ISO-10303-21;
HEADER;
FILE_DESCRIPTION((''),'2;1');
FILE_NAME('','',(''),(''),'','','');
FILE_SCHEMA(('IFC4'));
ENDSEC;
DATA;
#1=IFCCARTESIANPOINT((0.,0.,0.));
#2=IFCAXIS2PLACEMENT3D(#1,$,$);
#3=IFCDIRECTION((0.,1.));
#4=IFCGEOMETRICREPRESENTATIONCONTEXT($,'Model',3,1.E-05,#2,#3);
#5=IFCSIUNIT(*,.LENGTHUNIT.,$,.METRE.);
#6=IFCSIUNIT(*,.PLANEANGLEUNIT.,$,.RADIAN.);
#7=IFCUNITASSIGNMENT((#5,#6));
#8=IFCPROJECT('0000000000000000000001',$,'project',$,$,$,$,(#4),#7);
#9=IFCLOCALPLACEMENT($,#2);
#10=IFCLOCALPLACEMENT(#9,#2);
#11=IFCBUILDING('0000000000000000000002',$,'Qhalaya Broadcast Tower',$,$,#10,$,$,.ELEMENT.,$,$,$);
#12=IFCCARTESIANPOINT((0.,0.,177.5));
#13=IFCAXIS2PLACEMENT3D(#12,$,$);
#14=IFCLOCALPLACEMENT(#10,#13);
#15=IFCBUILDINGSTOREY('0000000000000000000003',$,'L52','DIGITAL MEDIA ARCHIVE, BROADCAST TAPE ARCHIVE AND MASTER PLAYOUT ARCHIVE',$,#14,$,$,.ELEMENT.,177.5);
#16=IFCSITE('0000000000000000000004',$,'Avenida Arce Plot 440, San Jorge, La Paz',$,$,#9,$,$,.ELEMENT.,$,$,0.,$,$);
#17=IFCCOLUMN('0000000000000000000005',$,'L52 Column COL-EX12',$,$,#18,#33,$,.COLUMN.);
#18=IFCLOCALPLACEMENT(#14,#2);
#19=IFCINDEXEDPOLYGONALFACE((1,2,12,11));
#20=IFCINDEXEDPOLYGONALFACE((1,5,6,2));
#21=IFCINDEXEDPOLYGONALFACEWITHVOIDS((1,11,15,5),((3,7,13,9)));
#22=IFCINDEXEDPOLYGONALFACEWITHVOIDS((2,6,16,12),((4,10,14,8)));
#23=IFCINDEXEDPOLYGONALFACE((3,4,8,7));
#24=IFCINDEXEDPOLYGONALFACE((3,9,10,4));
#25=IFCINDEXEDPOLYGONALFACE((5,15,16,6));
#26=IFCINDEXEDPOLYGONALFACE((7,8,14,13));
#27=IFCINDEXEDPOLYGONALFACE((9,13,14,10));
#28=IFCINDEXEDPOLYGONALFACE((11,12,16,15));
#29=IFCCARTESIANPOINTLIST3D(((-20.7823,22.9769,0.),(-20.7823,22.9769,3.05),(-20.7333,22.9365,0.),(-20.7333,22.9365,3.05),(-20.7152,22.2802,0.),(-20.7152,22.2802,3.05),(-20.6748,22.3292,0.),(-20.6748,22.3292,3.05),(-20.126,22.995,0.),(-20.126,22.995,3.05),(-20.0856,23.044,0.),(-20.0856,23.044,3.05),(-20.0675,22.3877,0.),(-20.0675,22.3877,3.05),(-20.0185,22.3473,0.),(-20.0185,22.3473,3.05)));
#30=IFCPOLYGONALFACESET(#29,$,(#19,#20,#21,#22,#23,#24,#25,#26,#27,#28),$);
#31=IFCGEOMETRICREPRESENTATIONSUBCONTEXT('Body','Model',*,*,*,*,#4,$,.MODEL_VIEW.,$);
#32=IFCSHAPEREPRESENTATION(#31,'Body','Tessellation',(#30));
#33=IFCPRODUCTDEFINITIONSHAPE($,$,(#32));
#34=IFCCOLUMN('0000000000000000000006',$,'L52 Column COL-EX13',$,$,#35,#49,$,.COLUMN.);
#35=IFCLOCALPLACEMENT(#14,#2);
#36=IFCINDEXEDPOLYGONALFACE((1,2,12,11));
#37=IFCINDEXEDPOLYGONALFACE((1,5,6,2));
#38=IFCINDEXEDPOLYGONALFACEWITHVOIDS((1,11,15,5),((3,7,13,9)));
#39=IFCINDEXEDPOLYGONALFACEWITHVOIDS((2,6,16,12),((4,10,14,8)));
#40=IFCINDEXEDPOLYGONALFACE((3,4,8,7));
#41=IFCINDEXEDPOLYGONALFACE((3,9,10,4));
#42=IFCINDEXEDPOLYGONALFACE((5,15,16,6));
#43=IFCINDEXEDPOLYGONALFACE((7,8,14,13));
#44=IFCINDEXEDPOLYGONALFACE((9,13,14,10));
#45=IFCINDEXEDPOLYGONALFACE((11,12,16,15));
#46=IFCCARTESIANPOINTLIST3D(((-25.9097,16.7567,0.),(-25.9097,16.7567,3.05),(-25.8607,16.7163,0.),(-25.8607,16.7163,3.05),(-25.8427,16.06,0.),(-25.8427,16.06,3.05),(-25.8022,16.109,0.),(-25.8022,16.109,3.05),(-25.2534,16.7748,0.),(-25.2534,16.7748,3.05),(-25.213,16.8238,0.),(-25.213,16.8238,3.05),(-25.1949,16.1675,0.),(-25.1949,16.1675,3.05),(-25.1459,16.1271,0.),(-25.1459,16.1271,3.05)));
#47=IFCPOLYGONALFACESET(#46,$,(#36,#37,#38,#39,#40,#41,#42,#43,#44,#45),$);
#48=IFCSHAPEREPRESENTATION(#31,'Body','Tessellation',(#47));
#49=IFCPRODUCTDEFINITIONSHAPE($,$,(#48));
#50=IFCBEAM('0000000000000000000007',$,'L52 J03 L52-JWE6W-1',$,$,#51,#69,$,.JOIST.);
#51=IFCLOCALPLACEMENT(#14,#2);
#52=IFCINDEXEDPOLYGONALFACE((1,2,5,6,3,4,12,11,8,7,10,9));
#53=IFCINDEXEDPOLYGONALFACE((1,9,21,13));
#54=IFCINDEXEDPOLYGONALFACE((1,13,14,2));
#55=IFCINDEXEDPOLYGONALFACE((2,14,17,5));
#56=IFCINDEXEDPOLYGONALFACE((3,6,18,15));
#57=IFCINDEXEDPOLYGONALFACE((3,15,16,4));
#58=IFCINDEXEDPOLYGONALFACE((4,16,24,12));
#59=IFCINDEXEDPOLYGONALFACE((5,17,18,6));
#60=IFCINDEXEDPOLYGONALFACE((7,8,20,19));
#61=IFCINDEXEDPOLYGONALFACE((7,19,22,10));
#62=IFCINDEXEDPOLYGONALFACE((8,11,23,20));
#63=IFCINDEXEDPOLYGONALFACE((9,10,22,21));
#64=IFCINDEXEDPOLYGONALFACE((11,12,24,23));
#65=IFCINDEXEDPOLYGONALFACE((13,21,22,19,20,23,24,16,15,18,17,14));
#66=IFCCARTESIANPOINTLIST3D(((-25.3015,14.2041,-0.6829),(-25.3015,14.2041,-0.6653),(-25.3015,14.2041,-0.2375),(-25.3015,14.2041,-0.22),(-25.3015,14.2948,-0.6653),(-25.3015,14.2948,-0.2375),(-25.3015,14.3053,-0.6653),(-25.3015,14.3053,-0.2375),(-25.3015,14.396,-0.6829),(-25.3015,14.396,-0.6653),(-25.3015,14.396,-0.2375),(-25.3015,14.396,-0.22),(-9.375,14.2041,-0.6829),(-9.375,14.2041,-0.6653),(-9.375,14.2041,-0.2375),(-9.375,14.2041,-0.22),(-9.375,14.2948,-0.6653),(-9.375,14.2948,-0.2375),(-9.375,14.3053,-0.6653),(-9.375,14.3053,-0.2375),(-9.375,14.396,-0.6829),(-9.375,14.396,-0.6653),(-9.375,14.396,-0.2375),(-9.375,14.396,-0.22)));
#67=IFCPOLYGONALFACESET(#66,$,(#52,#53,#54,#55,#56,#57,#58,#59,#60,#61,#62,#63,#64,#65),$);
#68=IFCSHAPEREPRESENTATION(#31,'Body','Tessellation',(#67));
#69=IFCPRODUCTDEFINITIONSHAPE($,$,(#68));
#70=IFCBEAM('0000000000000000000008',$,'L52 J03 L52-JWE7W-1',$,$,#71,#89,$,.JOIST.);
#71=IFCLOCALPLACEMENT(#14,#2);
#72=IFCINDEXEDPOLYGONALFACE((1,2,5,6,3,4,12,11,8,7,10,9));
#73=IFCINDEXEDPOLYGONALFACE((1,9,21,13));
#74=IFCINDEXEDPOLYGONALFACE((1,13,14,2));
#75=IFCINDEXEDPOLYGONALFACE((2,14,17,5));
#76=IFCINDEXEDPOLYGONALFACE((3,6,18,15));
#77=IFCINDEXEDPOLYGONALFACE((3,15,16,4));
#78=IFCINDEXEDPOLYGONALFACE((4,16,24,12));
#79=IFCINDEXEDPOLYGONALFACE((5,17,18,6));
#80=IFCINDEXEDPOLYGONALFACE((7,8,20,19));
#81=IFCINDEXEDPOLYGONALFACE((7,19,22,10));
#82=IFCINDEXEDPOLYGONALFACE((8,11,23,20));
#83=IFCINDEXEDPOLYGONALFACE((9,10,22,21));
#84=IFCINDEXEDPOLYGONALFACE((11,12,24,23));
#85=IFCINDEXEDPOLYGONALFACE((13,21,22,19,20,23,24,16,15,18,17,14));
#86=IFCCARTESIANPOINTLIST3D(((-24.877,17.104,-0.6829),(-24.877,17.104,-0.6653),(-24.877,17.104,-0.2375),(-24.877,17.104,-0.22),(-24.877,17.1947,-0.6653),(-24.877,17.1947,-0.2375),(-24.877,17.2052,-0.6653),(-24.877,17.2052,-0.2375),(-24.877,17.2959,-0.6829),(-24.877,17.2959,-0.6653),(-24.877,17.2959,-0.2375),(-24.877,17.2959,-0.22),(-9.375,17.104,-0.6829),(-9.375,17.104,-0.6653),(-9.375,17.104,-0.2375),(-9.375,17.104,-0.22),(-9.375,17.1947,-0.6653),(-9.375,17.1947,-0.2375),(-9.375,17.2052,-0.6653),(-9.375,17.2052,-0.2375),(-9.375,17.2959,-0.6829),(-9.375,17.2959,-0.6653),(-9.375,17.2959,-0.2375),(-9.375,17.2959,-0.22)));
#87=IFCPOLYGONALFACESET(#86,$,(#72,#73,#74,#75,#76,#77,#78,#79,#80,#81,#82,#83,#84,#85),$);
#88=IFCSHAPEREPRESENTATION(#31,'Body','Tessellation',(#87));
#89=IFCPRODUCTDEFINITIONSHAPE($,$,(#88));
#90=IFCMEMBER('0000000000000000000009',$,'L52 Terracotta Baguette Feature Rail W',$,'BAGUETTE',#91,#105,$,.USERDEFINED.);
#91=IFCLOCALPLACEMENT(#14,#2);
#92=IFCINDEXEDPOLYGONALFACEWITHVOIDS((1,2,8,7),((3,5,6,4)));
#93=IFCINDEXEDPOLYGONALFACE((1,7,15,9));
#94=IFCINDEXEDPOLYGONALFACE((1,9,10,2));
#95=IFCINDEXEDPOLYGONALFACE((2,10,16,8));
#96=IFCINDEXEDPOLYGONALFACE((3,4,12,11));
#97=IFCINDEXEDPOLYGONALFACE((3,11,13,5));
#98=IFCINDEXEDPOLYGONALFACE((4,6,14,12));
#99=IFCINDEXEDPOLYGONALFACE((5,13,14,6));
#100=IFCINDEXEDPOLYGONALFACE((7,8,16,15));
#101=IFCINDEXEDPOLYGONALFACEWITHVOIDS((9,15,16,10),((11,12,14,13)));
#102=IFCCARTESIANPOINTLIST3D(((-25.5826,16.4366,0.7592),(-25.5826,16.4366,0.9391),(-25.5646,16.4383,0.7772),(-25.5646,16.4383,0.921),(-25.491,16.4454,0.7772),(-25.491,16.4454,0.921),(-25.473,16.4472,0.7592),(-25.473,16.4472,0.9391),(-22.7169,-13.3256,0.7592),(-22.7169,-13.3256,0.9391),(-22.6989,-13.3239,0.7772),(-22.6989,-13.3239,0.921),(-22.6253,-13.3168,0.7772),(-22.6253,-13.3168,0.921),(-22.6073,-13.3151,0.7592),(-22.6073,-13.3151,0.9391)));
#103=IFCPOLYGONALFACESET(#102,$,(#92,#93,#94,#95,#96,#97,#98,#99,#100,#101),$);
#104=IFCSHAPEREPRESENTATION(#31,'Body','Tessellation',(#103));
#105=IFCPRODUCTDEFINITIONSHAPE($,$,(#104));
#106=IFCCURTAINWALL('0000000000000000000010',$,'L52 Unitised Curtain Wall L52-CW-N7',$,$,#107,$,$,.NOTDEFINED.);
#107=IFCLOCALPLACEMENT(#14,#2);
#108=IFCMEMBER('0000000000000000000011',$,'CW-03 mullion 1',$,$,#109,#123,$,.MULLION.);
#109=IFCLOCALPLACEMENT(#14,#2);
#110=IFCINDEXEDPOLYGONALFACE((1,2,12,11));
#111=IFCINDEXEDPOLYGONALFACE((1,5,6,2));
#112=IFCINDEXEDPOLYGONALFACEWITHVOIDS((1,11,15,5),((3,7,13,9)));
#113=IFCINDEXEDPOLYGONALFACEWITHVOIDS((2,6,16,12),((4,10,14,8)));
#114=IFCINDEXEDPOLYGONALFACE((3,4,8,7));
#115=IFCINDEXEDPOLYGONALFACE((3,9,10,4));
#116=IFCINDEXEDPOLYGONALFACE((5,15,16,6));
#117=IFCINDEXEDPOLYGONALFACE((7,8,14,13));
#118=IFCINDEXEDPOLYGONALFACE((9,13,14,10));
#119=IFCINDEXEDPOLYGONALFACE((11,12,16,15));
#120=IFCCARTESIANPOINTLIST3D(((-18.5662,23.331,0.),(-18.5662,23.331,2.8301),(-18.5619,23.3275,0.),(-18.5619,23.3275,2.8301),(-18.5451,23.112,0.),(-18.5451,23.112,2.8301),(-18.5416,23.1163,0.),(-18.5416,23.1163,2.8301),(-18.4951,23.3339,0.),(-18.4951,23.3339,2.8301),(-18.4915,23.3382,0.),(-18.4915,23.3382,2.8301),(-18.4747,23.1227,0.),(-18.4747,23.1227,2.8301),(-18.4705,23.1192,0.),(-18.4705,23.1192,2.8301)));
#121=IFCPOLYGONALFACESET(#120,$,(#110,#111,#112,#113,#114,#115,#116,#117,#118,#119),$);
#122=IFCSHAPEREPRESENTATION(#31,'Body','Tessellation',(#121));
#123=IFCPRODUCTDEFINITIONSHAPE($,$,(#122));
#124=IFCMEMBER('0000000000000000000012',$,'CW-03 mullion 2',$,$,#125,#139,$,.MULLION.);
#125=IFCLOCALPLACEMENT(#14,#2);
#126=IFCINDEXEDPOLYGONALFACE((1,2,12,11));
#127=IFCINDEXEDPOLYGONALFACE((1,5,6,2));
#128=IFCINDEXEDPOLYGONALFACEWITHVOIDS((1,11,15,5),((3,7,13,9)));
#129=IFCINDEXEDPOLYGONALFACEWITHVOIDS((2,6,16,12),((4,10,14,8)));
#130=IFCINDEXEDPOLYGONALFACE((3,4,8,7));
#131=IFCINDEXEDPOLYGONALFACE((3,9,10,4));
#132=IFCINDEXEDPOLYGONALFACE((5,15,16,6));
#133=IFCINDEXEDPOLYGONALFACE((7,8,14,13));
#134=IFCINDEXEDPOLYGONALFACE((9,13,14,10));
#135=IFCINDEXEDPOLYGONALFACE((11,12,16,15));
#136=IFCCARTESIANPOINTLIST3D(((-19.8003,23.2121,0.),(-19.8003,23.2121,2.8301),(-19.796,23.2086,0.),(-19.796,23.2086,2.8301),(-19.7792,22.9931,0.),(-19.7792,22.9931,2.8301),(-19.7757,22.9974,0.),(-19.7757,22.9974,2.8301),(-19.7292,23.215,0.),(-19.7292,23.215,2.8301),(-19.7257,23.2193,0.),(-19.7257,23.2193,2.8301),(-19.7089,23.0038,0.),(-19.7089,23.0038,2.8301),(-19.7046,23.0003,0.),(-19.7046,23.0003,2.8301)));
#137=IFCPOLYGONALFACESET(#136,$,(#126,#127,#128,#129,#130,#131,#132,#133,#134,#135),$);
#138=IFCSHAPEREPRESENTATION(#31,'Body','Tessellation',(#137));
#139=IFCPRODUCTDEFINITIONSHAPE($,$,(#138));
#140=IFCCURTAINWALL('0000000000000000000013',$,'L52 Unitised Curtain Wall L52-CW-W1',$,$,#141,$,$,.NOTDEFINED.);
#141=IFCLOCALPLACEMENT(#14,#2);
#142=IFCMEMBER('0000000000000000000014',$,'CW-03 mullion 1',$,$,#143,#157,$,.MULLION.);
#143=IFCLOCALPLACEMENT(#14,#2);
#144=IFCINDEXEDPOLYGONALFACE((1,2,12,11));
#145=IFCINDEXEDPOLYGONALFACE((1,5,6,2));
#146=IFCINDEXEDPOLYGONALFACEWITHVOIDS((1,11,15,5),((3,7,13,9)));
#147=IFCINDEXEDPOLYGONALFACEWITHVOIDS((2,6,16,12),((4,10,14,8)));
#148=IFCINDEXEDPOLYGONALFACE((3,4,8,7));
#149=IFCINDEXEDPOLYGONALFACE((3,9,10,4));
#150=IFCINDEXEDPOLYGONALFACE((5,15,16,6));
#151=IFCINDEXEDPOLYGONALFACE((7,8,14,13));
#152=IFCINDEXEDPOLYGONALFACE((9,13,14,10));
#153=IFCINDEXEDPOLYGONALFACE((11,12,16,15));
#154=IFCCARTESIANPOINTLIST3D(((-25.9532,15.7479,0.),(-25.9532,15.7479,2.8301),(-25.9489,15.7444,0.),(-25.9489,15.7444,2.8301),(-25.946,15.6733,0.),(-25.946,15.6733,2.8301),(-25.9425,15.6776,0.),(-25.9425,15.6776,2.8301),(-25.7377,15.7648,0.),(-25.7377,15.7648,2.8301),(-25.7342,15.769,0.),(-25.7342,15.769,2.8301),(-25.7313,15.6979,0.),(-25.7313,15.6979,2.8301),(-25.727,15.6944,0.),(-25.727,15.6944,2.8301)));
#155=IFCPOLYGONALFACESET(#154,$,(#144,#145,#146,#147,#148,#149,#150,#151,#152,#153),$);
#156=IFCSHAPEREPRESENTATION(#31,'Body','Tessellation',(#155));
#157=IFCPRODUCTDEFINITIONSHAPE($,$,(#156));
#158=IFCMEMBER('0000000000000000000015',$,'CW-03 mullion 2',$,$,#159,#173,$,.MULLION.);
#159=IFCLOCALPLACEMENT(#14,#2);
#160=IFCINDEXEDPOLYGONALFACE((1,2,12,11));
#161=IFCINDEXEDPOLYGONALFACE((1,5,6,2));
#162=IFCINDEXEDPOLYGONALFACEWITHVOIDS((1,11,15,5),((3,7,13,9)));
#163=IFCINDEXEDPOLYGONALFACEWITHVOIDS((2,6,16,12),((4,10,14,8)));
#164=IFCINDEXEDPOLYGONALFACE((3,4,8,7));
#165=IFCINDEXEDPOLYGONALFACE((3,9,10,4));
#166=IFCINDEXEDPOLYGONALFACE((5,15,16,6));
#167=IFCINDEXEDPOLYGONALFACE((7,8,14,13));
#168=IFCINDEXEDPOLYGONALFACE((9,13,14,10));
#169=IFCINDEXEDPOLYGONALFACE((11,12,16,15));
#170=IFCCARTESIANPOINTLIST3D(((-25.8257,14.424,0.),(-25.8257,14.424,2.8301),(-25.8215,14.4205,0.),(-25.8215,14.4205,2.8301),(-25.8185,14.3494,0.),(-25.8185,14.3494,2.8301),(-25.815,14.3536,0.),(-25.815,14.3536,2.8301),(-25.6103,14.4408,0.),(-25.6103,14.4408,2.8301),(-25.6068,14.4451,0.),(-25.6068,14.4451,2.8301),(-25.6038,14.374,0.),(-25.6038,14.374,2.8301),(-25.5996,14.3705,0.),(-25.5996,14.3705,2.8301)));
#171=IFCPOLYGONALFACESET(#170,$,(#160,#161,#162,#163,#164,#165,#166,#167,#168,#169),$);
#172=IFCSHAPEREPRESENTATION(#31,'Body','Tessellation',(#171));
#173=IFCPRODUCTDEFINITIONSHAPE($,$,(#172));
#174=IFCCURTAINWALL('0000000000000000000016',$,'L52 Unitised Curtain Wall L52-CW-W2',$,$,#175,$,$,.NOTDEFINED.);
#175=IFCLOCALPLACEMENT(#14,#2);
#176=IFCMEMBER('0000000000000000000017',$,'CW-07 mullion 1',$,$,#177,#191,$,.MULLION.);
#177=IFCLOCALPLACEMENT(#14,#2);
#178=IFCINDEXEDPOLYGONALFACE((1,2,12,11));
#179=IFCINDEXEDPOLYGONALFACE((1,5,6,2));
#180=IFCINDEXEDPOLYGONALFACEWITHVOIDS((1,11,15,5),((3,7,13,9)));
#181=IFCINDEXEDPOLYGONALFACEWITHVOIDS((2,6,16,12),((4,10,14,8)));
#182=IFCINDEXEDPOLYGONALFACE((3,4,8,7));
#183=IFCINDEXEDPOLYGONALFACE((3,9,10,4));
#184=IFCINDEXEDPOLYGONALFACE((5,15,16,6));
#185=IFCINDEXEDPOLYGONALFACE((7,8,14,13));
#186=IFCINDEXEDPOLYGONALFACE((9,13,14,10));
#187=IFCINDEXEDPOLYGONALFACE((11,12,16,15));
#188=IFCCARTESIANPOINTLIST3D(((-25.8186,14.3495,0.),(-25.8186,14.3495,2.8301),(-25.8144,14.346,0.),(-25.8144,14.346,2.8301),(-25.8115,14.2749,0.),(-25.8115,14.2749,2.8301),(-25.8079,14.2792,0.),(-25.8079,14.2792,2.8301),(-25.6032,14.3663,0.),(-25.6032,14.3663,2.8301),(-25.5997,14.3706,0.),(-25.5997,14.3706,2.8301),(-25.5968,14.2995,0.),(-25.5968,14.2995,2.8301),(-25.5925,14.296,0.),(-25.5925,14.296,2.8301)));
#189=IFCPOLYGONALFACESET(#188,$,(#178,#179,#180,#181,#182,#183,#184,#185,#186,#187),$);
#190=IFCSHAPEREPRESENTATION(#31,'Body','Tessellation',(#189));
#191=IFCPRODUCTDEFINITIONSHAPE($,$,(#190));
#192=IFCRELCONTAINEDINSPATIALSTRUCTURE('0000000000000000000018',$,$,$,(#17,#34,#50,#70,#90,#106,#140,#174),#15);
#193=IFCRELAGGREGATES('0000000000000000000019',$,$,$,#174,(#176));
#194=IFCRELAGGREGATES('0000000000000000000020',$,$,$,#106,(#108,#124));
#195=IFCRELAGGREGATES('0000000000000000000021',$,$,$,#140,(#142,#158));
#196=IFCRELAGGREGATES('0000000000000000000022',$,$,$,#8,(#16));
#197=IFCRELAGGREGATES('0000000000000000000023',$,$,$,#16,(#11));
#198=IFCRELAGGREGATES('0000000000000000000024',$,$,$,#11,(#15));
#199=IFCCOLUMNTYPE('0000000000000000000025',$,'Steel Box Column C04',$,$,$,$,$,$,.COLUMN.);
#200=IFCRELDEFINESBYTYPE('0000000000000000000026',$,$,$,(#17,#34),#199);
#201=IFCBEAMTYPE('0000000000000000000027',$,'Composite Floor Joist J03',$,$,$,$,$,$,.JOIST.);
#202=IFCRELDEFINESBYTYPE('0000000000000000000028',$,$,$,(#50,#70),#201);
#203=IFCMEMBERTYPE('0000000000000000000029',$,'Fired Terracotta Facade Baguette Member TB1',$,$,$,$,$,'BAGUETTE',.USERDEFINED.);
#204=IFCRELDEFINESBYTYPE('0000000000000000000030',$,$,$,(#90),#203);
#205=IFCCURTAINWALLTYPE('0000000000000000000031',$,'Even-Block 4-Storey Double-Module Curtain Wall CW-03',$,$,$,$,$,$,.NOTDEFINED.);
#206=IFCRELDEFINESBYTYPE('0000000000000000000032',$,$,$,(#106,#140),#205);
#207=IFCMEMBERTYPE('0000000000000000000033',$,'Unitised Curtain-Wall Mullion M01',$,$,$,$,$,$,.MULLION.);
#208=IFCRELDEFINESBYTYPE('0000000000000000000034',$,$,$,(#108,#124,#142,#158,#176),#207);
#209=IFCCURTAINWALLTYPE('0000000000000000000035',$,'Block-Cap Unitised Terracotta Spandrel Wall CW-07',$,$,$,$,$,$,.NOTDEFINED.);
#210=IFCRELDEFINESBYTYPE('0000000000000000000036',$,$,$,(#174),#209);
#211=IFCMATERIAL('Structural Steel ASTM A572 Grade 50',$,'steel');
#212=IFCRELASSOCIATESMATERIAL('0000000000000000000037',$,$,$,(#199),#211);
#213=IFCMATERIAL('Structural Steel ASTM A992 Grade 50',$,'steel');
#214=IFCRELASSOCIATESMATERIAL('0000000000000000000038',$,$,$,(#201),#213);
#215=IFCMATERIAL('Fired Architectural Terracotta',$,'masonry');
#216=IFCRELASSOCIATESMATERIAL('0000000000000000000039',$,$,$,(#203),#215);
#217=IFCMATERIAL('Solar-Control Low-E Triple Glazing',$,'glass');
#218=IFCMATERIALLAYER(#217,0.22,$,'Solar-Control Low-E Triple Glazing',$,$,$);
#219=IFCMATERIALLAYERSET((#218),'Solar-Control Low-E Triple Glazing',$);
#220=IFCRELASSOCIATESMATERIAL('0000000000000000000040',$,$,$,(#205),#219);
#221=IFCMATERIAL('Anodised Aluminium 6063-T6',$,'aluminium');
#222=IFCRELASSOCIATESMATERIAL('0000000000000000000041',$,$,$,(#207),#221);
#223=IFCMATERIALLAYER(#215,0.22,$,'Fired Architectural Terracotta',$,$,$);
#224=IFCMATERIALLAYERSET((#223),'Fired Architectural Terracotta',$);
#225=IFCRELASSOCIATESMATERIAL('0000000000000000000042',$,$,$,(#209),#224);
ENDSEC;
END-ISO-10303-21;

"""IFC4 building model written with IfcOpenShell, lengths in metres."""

from ifc_helpers import new_model, si_unit, direction, frame, origin, origin_2d, place, context, subcontext, project, spatial, hollow_rectangle, i_section, extrude, material, layer, layer_set, material_profile, profile_set, type_object, element, aggregate, save


model = new_model("IFC4")

# Units and contexts
model_context = context("Model", 3, precision=1e-05, world=origin(), true_north=direction((0.0, 1.0)))
body_context = subcontext(model_context, "Body", "Model", "MODEL_VIEW")
ifc_project = project(units=[si_unit("LENGTHUNIT", "METRE"), si_unit("PLANEANGLEUNIT", "RADIAN")], contexts=[model_context])

# Site, building, storey
site_placement = place(None, origin())
site = spatial("IfcSite", under=ifc_project, at=site_placement, Name="Avenida Arce Plot 440, San Jorge, La Paz", CompositionType="ELEMENT", RefElevation=0.0)
building_placement = place(site_placement, origin())
building = spatial("IfcBuilding", under=site, at=building_placement, Name="Qhalaya Broadcast Tower", CompositionType="ELEMENT")
storey_placement = place(building_placement, frame((0.0, 0.0, 177.5)))
storey = spatial("IfcBuildingStorey", under=building, at=storey_placement, Name="L52", Description="DIGITAL MEDIA ARCHIVE, BROADCAST TAPE ARCHIVE AND MASTER PLAYOUT ARCHIVE", CompositionType="ELEMENT", Elevation=177.5)

# Columns
ifc_material_1 = material(Name="Structural Steel ASTM A572 Grade 50", Category="steel")
ifc_material_profile_1 = material_profile(ifc_material_1, hollow_rectangle(XDim=0.7, YDim=0.7, WallThickness=0.0449, at=origin_2d()), Name="BOX 700x700x45")
ifc_profile_set_1 = profile_set([ifc_material_profile_1], Name="Structural Steel ASTM A572 Grade 50")
column_type = type_object("IfcColumnType", Name="Steel Box Column C04", PredefinedType="COLUMN", material=ifc_profile_set_1)
for number, where, z_axis, x_axis, name in (
    (1, (-20.4004, 22.6621, 0.0), (0.0, 0.0, 1.0), (0.995396, 0.095846, 0.0), "L52 Column COL-EX12"),
    (2, (-25.5278, 16.4419, 0.0), (0.0, 0.0, 1.0), (-0.095846, 0.995396, 0.0), "L52 Column COL-EX13"),
):
    element("IfcColumn", number, at=place(storey_placement, frame(where, z_axis=z_axis, x_axis=x_axis)), inside=storey, type_object=column_type, Name=name, PredefinedType="COLUMN", context=body_context, shape_type="SweptSolid", body=[
        extrude(hollow_rectangle(XDim=0.7, YDim=0.7, WallThickness=0.0449, at=origin_2d()), origin(), (0.0, 0.0, 1.0), 3.05),
    ])

# Beams
ifc_material_2 = material(Name="Structural Steel ASTM A992 Grade 50", Category="steel")
ifc_material_profile_2 = material_profile(ifc_material_2, i_section(OverallWidth=0.1919, OverallDepth=0.4629, WebThickness=0.0105, FlangeThickness=0.0176, at=origin_2d()), Name="W18X60")
ifc_profile_set_2 = profile_set([ifc_material_profile_2], Name="Structural Steel ASTM A992 Grade 50")
beam_type_1 = type_object("IfcBeamType", Name="Composite Floor Joist J03", PredefinedType="JOIST", material=ifc_profile_set_2)
beam_1_placement = place(storey_placement, frame((-25.3015, 14.3, -0.4514), z_axis=(1.0, 0.0, 0.0), x_axis=(0.0, 1.0, 0.0)))
element("IfcBeam", 3, at=beam_1_placement, inside=storey, type_object=beam_type_1, Name="L52 J03 L52-JWE6W-1", PredefinedType="JOIST", context=body_context, shape_type="SweptSolid", body=[
    extrude(i_section(OverallWidth=0.1919, OverallDepth=0.4629, WebThickness=0.0105, FlangeThickness=0.0176, at=origin_2d()), origin(), (0.0, 0.0, 1.0), 15.9265),
])
beam_2_placement = place(storey_placement, frame((-24.877, 17.2, -0.4514), z_axis=(1.0, 0.0, 0.0), x_axis=(0.0, 1.0, 0.0)))
element("IfcBeam", 4, at=beam_2_placement, inside=storey, type_object=beam_type_1, Name="L52 J03 L52-JWE7W-1", PredefinedType="JOIST", context=body_context, shape_type="SweptSolid", body=[
    extrude(i_section(OverallWidth=0.1919, OverallDepth=0.4629, WebThickness=0.0105, FlangeThickness=0.0176, at=origin_2d()), origin(), (0.0, 0.0, 1.0), 15.502),
])

# Member
ifc_material_3 = material(Name="Fired Architectural Terracotta", Category="masonry")
ifc_material_profile_3 = material_profile(ifc_material_3, hollow_rectangle(XDim=0.1101, YDim=0.1799, WallThickness=0.0181, at=origin_2d()), Name="TB-BAG 110x180x18")
ifc_profile_set_3 = profile_set([ifc_material_profile_3], Name="Fired Architectural Terracotta")
member_type_1 = type_object("IfcMemberType", Name="Fired Terracotta Facade Baguette Member TB1", ElementType="BAGUETTE", PredefinedType="USERDEFINED", material=ifc_profile_set_3)
member_1_placement = place(storey_placement, frame((-25.5278, 16.4419, 0.8491), z_axis=(0.095844, -0.995396, 0.0), x_axis=(0.995396, 0.095844, 0.0)))
element("IfcMember", 5, at=member_1_placement, inside=storey, type_object=member_type_1, Name="L52 Terracotta Baguette Feature Rail W", ObjectType="BAGUETTE", PredefinedType="USERDEFINED", context=body_context, shape_type="SweptSolid", body=[
    extrude(hollow_rectangle(XDim=0.1101, YDim=0.1799, WallThickness=0.0181, at=origin_2d()), origin(), (0.0, 0.0, 1.0), 29.8999),
])

# Curtain walls, members
ifc_material_4 = material(Name="Solar-Control Low-E Triple Glazing", Category="glass")
ifc_layer_1 = layer(ifc_material_4, 0.22, Name="Solar-Control Low-E Triple Glazing")
ifc_layer_set_1 = layer_set([ifc_layer_1], Name="Solar-Control Low-E Triple Glazing")
curtain_wall_type_1 = type_object("IfcCurtainWallType", Name="Even-Block 4-Storey Double-Module Curtain Wall CW-03", PredefinedType="NOTDEFINED", material=ifc_layer_set_1)
curtain_wall_1_placement = place(storey_placement, origin())
curtain_wall_1 = element("IfcCurtainWall", 6, at=curtain_wall_1_placement, inside=storey, type_object=curtain_wall_type_1, Name="L52 Unitised Curtain Wall L52-CW-N7", PredefinedType="NOTDEFINED")
ifc_material_5 = material(Name="Anodised Aluminium 6063-T6", Category="aluminium")
ifc_material_profile_4 = material_profile(ifc_material_5, hollow_rectangle(XDim=0.075, YDim=0.22, WallThickness=0.0039, at=origin_2d()), Name="ALU-MUL 75x220x4")
ifc_profile_set_4 = profile_set([ifc_material_profile_4], Name="Anodised Aluminium 6063-T6")
member_type_2 = type_object("IfcMemberType", Name="Unitised Curtain-Wall Mullion M01", PredefinedType="MULLION", material=ifc_profile_set_4)
member_2_placement = place(storey_placement, frame((-18.5183, 23.2251, 0.0), z_axis=(0.0, 0.0, 1.0), x_axis=(-0.995399, -0.095821, 0.0)))
member_2 = element("IfcMember", 7, at=member_2_placement, type_object=member_type_2, Name="CW-03 mullion 1", PredefinedType="MULLION", context=body_context, shape_type="SweptSolid", body=[
    extrude(hollow_rectangle(XDim=0.075, YDim=0.22, WallThickness=0.0039, at=origin_2d()), origin(), (0.0, 0.0, 1.0), 2.8301),
])
member_3_placement = place(storey_placement, frame((-19.7524, 23.1062, 0.0), z_axis=(0.0, 0.0, 1.0), x_axis=(-0.995399, -0.095821, 0.0)))
member_3 = element("IfcMember", 8, at=member_3_placement, type_object=member_type_2, Name="CW-03 mullion 2", PredefinedType="MULLION", context=body_context, shape_type="SweptSolid", body=[
    extrude(hollow_rectangle(XDim=0.075, YDim=0.22, WallThickness=0.0039, at=origin_2d()), origin(), (0.0, 0.0, 1.0), 2.8301),
])
curtain_wall_2_placement = place(storey_placement, origin())
curtain_wall_2 = element("IfcCurtainWall", 9, at=curtain_wall_2_placement, inside=storey, type_object=curtain_wall_type_1, Name="L52 Unitised Curtain Wall L52-CW-W1", PredefinedType="NOTDEFINED")
member_4_placement = place(storey_placement, frame((-25.8401, 15.7212, 0.0), z_axis=(0.0, 0.0, 1.0), x_axis=(0.095874, -0.995393, 0.0)))
member_4 = element("IfcMember", 10, at=member_4_placement, type_object=member_type_2, Name="CW-03 mullion 1", PredefinedType="MULLION", context=body_context, shape_type="SweptSolid", body=[
    extrude(hollow_rectangle(XDim=0.075, YDim=0.22, WallThickness=0.0039, at=origin_2d()), origin(), (0.0, 0.0, 1.0), 2.8301),
])
member_5_placement = place(storey_placement, frame((-25.7126, 14.3972, 0.0), z_axis=(0.0, 0.0, 1.0), x_axis=(0.095874, -0.995393, 0.0)))
member_5 = element("IfcMember", 11, at=member_5_placement, type_object=member_type_2, Name="CW-03 mullion 2", PredefinedType="MULLION", context=body_context, shape_type="SweptSolid", body=[
    extrude(hollow_rectangle(XDim=0.075, YDim=0.22, WallThickness=0.0039, at=origin_2d()), origin(), (0.0, 0.0, 1.0), 2.8301),
])

# Curtain wall, member
ifc_layer_2 = layer(ifc_material_3, 0.22, Name="Fired Architectural Terracotta")
ifc_layer_set_2 = layer_set([ifc_layer_2], Name="Fired Architectural Terracotta")
curtain_wall_type_2 = type_object("IfcCurtainWallType", Name="Block-Cap Unitised Terracotta Spandrel Wall CW-07", PredefinedType="NOTDEFINED", material=ifc_layer_set_2)
curtain_wall_3_placement = place(storey_placement, origin())
curtain_wall_3 = element("IfcCurtainWall", 12, at=curtain_wall_3_placement, inside=storey, type_object=curtain_wall_type_2, Name="L52 Unitised Curtain Wall L52-CW-W2", PredefinedType="NOTDEFINED")
member_6_placement = place(storey_placement, frame((-25.7056, 14.3228, 0.0), z_axis=(0.0, 0.0, 1.0), x_axis=(0.095845, -0.995396, 0.0)))
member_6 = element("IfcMember", 13, at=member_6_placement, type_object=member_type_2, Name="CW-07 mullion 1", PredefinedType="MULLION", context=body_context, shape_type="SweptSolid", body=[
    extrude(hollow_rectangle(XDim=0.075, YDim=0.22, WallThickness=0.0039, at=origin_2d()), origin(), (0.0, 0.0, 1.0), 2.8301),
])

aggregate(curtain_wall_3, [member_6])

aggregate(curtain_wall_1, [member_2, member_3])
aggregate(curtain_wall_2, [member_4, member_5])

save(model, "model.ifc")
